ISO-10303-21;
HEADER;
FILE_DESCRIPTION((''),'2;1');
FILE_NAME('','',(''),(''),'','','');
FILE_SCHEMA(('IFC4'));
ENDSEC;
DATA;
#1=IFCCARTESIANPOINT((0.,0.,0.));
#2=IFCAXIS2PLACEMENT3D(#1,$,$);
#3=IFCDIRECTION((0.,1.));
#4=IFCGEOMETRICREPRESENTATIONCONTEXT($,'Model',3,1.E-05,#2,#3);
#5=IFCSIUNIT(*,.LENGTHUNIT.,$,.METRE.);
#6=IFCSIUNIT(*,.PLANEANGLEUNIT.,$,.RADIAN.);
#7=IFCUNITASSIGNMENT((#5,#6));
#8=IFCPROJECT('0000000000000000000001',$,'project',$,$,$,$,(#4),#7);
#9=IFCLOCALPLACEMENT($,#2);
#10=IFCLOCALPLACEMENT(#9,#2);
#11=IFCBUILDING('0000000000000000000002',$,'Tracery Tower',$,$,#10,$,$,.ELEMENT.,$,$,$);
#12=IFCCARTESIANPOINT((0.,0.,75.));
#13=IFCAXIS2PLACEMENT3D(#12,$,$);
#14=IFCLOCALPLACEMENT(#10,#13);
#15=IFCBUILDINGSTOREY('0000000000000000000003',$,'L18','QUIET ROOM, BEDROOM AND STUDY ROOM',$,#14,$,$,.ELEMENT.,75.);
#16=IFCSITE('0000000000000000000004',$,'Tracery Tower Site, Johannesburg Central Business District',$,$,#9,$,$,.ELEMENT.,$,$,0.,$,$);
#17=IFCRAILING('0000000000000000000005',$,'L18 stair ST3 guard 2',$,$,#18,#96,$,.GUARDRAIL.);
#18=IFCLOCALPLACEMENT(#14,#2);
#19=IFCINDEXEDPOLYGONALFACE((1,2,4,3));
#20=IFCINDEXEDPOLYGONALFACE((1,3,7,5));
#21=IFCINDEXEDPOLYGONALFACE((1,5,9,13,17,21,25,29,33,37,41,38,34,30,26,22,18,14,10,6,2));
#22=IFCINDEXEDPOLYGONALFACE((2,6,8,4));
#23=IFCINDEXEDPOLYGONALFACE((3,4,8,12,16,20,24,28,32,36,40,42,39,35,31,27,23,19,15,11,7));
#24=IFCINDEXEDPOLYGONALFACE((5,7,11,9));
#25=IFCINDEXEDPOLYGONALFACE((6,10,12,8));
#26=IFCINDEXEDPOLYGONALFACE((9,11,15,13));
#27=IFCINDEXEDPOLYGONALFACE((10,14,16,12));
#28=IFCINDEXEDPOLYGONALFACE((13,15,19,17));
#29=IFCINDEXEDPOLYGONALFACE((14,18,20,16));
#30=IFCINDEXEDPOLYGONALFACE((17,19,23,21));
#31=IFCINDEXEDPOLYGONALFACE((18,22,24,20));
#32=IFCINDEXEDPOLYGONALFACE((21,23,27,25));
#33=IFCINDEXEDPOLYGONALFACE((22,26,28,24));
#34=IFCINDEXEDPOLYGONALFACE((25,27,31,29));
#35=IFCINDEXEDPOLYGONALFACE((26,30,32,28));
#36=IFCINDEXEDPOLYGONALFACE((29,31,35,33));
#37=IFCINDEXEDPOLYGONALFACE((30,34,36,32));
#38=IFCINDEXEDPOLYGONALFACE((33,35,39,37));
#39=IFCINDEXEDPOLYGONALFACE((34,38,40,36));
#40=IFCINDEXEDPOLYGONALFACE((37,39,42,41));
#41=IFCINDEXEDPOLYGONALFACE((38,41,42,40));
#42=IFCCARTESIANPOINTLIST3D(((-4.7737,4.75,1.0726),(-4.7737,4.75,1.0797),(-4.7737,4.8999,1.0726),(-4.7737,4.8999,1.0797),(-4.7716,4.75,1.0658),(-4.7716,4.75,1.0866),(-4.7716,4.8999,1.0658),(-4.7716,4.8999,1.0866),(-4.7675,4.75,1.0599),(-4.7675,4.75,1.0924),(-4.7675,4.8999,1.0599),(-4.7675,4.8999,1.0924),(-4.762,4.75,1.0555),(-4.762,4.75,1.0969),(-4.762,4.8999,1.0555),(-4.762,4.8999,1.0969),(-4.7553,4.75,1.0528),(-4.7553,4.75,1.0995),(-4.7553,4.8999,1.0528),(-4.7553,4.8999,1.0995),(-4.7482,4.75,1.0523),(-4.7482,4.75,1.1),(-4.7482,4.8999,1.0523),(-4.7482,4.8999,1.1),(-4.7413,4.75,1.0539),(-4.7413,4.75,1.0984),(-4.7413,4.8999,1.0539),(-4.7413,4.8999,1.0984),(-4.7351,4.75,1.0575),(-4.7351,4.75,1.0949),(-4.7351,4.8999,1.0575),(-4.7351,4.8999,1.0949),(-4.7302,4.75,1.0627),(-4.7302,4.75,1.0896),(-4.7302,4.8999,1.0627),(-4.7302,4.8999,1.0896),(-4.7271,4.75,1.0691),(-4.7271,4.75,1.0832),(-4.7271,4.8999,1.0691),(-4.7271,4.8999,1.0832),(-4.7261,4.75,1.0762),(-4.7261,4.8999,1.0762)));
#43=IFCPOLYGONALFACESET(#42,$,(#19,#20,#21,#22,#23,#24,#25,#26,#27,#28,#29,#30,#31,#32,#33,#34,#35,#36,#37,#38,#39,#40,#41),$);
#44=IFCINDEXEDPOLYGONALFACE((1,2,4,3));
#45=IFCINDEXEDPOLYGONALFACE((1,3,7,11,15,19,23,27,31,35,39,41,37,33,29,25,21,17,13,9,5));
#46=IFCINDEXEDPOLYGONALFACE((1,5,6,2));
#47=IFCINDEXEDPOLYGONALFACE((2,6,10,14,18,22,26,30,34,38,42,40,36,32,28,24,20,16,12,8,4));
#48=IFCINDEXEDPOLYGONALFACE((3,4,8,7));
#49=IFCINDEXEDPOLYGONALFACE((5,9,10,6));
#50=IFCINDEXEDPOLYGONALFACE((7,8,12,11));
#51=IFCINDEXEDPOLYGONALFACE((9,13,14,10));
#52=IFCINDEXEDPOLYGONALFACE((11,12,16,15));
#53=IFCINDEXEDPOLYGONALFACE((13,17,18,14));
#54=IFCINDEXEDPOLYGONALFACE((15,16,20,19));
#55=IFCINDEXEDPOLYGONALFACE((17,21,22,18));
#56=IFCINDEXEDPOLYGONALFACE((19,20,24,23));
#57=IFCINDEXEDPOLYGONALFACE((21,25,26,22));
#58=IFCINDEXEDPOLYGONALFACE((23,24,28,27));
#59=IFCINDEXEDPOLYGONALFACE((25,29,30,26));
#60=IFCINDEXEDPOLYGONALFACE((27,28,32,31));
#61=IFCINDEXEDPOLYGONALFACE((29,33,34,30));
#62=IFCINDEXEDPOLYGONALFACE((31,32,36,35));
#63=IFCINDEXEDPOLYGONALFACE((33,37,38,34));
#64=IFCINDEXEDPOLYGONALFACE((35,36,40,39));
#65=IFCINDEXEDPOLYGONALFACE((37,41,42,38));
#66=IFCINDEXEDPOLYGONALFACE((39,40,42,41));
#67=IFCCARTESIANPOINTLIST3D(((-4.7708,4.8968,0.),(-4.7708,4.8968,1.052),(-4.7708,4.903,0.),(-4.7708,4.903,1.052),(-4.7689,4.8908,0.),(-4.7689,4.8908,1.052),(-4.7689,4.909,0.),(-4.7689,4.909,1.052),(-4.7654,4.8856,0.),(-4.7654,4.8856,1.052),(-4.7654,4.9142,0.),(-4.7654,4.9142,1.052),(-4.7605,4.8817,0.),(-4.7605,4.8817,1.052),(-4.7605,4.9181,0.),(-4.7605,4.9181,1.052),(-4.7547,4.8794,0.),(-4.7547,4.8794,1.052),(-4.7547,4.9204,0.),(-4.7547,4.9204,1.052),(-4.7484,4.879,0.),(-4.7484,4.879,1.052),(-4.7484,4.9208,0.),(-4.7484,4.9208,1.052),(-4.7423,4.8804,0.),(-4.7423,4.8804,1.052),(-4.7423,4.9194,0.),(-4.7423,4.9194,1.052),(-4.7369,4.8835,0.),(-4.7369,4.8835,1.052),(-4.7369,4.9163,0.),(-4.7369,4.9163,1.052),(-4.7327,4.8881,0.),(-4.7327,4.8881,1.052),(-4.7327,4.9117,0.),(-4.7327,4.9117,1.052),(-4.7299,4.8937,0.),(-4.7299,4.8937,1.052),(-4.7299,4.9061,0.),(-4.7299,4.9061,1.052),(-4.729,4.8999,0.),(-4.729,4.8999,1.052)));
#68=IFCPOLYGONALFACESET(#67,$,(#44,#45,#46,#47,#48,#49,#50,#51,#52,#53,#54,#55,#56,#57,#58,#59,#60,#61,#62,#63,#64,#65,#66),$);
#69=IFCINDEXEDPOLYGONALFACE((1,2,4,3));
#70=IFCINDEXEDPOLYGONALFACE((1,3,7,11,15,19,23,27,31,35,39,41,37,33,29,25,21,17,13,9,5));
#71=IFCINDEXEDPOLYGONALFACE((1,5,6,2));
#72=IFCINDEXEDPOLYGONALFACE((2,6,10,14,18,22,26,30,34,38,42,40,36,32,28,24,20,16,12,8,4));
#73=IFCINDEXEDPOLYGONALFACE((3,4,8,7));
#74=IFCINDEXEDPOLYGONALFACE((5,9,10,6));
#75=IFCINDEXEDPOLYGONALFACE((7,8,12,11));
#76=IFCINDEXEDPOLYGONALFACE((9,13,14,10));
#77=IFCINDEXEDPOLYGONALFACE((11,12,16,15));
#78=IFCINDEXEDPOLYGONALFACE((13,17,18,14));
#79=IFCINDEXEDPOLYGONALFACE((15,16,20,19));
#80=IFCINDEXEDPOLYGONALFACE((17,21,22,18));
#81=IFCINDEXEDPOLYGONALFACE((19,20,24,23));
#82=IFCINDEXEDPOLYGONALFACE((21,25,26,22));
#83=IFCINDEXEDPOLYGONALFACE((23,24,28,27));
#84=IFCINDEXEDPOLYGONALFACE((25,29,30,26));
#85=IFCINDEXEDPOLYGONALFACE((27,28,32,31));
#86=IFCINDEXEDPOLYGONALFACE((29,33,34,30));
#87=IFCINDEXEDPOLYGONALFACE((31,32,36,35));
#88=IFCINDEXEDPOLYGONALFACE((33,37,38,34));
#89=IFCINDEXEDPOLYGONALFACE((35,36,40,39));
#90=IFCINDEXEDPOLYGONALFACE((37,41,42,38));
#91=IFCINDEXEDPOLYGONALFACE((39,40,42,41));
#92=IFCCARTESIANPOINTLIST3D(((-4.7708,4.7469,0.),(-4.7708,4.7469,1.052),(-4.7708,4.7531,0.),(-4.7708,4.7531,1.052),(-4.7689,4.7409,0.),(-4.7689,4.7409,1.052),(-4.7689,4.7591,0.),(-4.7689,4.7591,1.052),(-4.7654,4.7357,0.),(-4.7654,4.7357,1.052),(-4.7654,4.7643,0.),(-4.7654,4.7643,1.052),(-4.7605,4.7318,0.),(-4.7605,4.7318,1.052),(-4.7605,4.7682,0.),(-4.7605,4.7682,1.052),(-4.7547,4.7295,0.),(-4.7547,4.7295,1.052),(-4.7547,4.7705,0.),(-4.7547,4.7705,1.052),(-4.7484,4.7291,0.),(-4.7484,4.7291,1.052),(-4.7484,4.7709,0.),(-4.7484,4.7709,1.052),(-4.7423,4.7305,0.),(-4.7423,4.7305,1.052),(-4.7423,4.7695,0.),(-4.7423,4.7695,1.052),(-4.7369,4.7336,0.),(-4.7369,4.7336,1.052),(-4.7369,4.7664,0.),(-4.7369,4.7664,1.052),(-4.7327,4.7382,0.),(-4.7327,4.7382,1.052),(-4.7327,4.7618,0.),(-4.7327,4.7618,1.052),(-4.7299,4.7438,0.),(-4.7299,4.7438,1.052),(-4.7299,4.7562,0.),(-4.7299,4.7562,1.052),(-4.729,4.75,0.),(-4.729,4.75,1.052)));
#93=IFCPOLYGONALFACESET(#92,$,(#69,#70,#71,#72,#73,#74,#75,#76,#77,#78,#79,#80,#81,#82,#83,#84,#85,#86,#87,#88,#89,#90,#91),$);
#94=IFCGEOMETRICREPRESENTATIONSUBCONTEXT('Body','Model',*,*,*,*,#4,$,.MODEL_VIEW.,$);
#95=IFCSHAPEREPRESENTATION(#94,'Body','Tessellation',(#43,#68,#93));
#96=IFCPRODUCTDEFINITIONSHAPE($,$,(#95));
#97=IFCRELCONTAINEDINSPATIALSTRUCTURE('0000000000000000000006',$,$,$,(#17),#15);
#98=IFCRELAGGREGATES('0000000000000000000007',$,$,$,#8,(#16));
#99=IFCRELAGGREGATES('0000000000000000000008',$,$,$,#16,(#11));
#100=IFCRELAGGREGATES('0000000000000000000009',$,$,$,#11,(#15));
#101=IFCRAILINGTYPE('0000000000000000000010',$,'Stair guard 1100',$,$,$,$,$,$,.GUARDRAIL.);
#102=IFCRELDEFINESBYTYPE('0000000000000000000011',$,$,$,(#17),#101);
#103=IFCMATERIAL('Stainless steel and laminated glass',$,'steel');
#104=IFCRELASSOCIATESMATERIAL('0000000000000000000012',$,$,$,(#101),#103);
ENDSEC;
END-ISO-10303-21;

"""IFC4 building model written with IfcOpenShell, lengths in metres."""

from ifc_helpers import new_model, si_unit, direction, frame, origin, origin_2d, place, context, subcontext, project, spatial, circle, extrude, material, type_object, element, save


model = new_model("IFC4")

# Units and contexts
model_context = context("Model", 3, precision=1e-05, world=origin(), true_north=direction((0.0, 1.0)))
body_context = subcontext(model_context, "Body", "Model", "MODEL_VIEW")
ifc_project = project(units=[si_unit("LENGTHUNIT", "METRE"), si_unit("PLANEANGLEUNIT", "RADIAN")], contexts=[model_context])

# Site, building, storey
site_placement = place(None, origin())
site = spatial("IfcSite", under=ifc_project, at=site_placement, Name="Tracery Tower Site, Johannesburg Central Business District", CompositionType="ELEMENT", RefElevation=0.0)
building_placement = place(site_placement, origin())
building = spatial("IfcBuilding", under=site, at=building_placement, Name="Tracery Tower", CompositionType="ELEMENT")
storey_placement = place(building_placement, frame((0.0, 0.0, 75.0)))
storey = spatial("IfcBuildingStorey", under=building, at=storey_placement, Name="L18", Description="QUIET ROOM, BEDROOM AND STUDY ROOM", CompositionType="ELEMENT", Elevation=75.0)

# Railing
ifc_material_1 = material(Name="Stainless steel and laminated glass", Category="steel")
railing_type_1 = type_object("IfcRailingType", Name="Stair guard 1100", PredefinedType="GUARDRAIL", material=ifc_material_1)
railing_1_placement = place(storey_placement, frame((-4.75, 4.8999, 0.0)))
element("IfcRailing", 1, at=railing_1_placement, inside=storey, type_object=railing_type_1, Name="L18 stair ST3 guard 2", PredefinedType="GUARDRAIL", context=body_context, shape_type="SweptSolid", body=[
    extrude(circle(Radius=0.0239, at=origin_2d()), frame((0.0, 0.0, 1.0762), z_axis=(0.0, -1.0, 0.0), x_axis=(1.0, 0.0, 0.0)), (0.0, 0.0, 1.0), 0.1499),
    extrude(circle(Radius=0.021, at=origin_2d()), origin(), (0.0, 0.0, 1.0), 1.052),
    extrude(circle(Radius=0.021, at=origin_2d()), frame((0.0, -0.1499, 0.0)), (0.0, 0.0, 1.0), 1.052),
])

save(model, "model.ifc")
